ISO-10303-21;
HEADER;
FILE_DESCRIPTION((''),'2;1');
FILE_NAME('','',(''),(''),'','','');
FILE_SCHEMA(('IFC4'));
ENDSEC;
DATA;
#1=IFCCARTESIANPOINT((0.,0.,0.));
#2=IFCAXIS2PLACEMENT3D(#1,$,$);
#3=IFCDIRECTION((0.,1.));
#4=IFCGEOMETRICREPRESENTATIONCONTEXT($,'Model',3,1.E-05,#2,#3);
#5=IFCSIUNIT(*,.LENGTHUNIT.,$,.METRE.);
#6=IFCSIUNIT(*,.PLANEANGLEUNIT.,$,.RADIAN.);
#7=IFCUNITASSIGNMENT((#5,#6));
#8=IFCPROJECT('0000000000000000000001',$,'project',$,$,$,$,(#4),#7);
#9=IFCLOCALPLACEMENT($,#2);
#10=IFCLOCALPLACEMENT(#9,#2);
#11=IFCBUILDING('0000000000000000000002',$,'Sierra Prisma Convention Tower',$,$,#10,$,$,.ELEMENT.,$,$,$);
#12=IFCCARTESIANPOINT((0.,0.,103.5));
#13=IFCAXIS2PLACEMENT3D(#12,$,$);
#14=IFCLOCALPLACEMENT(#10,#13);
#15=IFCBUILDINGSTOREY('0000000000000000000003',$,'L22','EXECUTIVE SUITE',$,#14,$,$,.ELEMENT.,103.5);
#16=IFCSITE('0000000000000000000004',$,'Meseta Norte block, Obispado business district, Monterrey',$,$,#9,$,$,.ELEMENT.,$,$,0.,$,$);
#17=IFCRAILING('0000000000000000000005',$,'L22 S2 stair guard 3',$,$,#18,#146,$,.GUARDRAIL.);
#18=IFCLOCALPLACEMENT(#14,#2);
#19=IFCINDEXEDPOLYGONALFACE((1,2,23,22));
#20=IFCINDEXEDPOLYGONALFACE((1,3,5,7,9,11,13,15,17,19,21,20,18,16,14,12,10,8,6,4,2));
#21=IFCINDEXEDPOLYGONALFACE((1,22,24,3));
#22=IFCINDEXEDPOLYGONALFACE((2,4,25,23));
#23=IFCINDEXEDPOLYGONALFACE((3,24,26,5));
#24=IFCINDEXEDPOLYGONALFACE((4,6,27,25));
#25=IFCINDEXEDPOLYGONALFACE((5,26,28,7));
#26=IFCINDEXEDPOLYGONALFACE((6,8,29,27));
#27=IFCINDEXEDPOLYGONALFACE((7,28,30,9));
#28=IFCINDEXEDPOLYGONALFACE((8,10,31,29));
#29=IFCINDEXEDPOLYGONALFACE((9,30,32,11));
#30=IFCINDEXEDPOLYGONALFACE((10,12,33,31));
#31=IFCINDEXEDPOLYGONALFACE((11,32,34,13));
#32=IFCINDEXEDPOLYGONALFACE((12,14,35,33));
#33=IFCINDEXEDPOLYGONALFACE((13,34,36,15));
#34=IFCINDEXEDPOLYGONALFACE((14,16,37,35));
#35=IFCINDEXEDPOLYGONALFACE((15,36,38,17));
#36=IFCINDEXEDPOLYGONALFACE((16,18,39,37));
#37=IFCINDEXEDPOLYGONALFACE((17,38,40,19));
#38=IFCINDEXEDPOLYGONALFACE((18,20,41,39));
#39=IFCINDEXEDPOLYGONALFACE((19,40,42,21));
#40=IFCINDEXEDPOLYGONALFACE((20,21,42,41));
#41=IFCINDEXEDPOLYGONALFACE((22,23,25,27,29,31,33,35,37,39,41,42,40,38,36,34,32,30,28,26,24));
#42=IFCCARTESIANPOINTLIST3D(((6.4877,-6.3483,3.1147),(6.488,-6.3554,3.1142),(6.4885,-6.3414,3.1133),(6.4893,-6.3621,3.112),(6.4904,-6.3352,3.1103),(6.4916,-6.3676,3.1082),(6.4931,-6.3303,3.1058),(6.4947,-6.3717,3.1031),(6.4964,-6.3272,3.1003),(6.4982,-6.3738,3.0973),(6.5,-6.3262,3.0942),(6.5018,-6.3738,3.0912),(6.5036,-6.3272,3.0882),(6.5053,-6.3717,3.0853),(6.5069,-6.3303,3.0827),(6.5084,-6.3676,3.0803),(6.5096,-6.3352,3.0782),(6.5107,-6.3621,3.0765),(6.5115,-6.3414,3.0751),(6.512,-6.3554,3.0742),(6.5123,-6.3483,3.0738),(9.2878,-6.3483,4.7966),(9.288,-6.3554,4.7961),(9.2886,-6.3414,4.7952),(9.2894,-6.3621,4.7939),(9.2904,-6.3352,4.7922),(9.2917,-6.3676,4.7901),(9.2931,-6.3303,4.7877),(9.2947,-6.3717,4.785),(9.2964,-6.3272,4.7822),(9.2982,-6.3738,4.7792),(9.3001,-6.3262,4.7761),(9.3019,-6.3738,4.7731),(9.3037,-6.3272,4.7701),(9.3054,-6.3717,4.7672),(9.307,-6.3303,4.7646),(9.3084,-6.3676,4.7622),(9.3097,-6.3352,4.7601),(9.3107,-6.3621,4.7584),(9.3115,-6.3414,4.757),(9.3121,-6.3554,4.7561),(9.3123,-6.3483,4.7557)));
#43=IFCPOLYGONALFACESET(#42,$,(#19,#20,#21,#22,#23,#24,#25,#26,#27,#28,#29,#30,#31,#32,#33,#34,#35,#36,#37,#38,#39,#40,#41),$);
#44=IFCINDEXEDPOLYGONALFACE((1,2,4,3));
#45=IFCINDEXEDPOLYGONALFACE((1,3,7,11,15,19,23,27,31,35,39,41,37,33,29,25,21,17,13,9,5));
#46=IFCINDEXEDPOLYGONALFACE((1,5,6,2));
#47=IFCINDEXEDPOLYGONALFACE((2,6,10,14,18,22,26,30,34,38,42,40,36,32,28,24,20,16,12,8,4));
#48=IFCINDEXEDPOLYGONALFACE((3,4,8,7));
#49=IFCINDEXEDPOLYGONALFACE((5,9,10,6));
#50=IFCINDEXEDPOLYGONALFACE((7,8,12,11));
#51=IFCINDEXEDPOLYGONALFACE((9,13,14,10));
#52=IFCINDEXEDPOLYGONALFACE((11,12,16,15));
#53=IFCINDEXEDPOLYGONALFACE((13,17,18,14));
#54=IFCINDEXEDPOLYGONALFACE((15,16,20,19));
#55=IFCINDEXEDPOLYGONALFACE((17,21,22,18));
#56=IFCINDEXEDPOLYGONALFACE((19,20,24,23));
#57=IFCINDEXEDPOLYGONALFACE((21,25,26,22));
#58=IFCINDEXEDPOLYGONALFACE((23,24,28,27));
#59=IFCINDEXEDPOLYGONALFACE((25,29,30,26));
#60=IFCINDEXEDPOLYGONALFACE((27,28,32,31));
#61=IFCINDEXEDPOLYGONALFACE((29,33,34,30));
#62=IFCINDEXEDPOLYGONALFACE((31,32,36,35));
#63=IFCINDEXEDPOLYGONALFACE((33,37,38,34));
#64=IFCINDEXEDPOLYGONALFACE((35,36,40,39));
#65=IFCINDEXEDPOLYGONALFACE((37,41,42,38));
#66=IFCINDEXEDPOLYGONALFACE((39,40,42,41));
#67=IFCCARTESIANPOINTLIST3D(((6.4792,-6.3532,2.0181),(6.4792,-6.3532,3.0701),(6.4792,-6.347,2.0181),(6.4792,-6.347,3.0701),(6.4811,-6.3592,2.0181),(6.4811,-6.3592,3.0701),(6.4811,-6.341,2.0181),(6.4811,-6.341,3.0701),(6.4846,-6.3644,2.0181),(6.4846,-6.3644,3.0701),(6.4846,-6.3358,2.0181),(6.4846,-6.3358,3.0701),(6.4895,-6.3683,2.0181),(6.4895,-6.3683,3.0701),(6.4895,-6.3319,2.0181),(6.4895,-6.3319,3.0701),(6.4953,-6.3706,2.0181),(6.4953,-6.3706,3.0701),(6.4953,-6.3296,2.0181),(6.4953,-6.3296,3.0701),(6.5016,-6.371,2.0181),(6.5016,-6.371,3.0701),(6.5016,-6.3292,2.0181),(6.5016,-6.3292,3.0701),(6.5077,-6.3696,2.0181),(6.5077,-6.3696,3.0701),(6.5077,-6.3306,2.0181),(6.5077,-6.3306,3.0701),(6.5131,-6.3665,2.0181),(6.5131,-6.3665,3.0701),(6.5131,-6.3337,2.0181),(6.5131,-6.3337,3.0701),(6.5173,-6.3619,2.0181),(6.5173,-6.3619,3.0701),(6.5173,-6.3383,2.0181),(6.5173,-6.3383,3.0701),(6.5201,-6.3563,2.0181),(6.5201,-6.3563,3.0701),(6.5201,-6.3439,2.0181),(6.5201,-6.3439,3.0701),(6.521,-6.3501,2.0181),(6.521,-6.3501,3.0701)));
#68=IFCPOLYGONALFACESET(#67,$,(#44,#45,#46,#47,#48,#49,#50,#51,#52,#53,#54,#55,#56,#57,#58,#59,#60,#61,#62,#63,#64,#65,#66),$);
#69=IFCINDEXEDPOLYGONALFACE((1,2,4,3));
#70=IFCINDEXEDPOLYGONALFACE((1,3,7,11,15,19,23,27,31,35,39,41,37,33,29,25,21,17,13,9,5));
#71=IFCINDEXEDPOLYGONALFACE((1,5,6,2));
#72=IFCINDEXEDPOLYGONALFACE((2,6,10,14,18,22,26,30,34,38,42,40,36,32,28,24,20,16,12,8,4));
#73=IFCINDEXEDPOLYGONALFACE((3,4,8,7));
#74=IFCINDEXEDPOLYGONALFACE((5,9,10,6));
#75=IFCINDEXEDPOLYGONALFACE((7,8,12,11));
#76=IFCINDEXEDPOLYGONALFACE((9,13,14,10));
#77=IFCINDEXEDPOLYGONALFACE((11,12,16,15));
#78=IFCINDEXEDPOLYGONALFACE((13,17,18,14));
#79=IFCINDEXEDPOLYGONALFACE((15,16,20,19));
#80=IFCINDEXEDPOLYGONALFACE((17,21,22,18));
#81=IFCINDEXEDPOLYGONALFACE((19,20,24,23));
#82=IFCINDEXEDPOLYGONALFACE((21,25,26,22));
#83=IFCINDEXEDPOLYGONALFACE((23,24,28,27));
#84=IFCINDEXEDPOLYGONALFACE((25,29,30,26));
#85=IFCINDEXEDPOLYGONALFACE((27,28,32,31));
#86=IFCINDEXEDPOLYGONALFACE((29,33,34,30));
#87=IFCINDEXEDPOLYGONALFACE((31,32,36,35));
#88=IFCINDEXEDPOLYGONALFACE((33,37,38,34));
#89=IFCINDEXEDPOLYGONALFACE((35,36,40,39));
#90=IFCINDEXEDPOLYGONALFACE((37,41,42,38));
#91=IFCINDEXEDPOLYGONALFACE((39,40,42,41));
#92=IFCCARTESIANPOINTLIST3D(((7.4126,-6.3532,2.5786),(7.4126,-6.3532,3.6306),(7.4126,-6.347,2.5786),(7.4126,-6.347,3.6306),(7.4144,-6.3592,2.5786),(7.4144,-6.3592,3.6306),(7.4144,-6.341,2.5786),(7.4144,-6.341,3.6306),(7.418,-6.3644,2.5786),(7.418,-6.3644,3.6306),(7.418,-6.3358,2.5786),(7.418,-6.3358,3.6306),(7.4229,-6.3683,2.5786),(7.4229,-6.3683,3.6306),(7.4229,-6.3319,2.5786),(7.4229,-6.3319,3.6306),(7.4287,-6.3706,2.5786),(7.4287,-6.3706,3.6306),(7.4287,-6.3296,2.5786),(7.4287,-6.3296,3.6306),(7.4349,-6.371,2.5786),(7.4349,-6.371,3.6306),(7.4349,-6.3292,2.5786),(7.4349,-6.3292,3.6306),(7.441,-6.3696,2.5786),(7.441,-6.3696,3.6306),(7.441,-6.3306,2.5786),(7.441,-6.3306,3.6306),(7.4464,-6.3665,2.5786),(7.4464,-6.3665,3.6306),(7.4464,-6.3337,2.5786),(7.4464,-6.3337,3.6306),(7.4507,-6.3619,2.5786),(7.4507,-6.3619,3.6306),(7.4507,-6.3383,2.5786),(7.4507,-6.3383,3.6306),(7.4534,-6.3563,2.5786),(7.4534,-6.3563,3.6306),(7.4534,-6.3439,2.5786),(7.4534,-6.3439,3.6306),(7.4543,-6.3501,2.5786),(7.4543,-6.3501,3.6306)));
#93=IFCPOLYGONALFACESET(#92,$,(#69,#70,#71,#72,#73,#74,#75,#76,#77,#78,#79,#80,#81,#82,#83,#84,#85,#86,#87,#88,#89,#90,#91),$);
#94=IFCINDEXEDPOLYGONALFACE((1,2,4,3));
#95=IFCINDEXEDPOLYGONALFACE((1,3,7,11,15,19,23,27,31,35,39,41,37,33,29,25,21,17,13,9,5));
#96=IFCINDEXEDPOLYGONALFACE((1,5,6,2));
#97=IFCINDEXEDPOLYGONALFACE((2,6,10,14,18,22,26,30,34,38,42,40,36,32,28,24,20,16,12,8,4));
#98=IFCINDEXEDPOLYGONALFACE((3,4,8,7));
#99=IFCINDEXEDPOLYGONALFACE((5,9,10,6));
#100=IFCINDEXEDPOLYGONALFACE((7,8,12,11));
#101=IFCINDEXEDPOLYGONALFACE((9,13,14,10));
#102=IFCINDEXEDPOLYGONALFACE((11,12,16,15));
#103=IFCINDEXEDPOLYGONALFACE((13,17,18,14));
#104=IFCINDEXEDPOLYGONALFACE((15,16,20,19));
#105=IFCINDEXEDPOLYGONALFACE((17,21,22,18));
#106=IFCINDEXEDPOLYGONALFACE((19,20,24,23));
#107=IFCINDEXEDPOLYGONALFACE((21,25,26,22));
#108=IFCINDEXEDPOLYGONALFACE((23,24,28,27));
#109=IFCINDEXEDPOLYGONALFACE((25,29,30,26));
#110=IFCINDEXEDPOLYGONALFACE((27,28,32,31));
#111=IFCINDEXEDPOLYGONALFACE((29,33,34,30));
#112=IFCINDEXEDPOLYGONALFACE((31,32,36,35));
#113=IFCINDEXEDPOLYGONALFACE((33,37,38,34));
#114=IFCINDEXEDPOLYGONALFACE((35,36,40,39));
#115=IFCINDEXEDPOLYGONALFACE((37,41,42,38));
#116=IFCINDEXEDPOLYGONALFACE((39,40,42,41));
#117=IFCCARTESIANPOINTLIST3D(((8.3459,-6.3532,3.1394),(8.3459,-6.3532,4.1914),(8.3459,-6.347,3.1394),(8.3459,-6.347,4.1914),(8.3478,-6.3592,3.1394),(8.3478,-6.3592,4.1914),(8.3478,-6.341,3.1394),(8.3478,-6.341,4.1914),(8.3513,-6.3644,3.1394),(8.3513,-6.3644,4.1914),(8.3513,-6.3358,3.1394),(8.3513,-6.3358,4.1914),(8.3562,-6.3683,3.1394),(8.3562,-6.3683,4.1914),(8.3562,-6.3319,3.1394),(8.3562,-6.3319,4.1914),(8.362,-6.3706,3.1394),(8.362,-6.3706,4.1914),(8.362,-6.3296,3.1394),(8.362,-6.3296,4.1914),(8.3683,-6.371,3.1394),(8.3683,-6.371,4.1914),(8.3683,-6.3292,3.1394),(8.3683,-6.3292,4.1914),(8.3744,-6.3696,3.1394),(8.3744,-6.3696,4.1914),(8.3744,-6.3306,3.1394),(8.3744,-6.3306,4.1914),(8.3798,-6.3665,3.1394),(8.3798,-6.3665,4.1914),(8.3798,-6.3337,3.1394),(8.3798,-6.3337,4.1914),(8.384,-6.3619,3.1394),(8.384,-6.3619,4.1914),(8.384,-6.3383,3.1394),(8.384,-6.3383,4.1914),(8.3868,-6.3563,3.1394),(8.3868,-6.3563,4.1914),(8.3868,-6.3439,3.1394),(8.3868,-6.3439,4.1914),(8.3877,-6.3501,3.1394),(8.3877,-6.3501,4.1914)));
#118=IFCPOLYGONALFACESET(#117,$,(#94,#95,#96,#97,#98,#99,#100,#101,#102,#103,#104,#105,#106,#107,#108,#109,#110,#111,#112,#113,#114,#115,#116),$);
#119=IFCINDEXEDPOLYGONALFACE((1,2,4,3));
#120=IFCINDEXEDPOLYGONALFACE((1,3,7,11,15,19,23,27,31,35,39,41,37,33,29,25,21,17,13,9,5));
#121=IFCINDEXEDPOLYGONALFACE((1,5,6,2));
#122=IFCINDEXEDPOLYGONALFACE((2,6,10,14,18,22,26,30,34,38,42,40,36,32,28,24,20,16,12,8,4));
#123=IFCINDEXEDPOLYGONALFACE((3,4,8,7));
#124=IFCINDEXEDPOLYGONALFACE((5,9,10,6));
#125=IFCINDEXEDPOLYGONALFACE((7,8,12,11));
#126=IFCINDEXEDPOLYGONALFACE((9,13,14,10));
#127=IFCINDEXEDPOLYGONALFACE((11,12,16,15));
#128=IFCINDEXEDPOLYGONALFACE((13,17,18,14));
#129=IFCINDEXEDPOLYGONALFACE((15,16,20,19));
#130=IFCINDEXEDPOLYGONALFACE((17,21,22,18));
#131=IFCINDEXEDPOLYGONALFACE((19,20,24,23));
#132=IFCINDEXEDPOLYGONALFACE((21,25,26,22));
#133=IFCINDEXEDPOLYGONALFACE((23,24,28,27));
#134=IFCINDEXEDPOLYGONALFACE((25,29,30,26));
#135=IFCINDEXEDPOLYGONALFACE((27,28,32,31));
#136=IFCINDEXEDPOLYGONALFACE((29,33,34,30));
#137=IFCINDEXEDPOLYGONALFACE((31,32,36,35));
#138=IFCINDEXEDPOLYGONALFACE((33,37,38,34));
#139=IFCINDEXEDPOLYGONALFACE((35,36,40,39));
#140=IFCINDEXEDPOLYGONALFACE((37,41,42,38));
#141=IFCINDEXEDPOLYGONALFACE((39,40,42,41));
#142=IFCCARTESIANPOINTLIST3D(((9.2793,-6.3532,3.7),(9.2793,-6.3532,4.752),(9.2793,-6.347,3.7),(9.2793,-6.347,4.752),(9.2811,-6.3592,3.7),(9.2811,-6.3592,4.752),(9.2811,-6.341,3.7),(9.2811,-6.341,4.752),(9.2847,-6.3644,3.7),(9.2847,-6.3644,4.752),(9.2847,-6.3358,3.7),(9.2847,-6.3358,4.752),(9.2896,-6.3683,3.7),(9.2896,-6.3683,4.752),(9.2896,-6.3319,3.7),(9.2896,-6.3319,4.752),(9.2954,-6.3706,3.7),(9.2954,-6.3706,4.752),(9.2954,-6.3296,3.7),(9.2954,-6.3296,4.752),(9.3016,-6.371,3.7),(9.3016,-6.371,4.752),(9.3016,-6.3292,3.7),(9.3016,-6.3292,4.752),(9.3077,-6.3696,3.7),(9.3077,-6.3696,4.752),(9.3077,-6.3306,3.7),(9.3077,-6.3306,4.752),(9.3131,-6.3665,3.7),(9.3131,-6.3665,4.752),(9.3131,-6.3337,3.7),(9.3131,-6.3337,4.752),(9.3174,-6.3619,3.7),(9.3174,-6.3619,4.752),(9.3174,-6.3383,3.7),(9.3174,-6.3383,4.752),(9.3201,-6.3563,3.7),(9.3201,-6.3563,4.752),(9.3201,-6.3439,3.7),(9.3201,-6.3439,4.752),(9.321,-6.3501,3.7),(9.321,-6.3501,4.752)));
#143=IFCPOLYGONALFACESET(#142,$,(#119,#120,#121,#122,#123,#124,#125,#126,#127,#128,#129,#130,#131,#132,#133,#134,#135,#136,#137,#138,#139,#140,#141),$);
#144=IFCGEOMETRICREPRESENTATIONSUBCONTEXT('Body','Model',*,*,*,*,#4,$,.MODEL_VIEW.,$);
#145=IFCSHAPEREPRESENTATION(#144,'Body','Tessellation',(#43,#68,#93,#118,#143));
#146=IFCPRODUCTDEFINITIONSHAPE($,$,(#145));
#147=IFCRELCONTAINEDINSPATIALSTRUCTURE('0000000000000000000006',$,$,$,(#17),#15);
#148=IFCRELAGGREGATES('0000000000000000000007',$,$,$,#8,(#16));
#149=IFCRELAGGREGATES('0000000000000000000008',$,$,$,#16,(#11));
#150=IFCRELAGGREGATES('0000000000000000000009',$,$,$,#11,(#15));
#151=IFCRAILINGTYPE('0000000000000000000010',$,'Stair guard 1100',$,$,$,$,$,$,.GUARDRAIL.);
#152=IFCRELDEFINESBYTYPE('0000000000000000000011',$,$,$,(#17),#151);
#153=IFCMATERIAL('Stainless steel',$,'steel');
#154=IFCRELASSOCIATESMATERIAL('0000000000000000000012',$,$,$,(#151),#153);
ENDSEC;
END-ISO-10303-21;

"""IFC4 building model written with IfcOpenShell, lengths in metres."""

from ifc_helpers import new_model, si_unit, direction, frame, origin, origin_2d, place, context, subcontext, project, spatial, circle, extrude, material, type_object, element, save


model = new_model("IFC4")

# Units and contexts
model_context = context("Model", 3, precision=1e-05, world=origin(), true_north=direction((0.0, 1.0)))
body_context = subcontext(model_context, "Body", "Model", "MODEL_VIEW")
ifc_project = project(units=[si_unit("LENGTHUNIT", "METRE"), si_unit("PLANEANGLEUNIT", "RADIAN")], contexts=[model_context])

# Site, building, storey
site_placement = place(None, origin())
site = spatial("IfcSite", under=ifc_project, at=site_placement, Name="Meseta Norte block, Obispado business district, Monterrey", CompositionType="ELEMENT", RefElevation=0.0)
building_placement = place(site_placement, origin())
building = spatial("IfcBuilding", under=site, at=building_placement, Name="Sierra Prisma Convention Tower", CompositionType="ELEMENT")
storey_placement = place(building_placement, frame((0.0, 0.0, 103.5)))
storey = spatial("IfcBuildingStorey", under=building, at=storey_placement, Name="L22", Description="EXECUTIVE SUITE", CompositionType="ELEMENT", Elevation=103.5)

# Railing
ifc_material_1 = material(Name="Stainless steel", Category="steel")
railing_type_1 = type_object("IfcRailingType", Name="Stair guard 1100", PredefinedType="GUARDRAIL", material=ifc_material_1)
railing_1_placement = place(storey_placement, frame((6.5, -6.3501, 2.0181)))
element("IfcRailing", 1, at=railing_1_placement, inside=storey, type_object=railing_type_1, Name="L22 S2 stair guard 3", PredefinedType="GUARDRAIL", context=body_context, shape_type="SweptSolid", body=[
    extrude(circle(Radius=0.0239, at=origin_2d()), frame((0.0, 0.0, 1.0762), z_axis=(0.857242, 0.0, 0.514913), x_axis=(0.0, 1.0, 0.0)), (0.0, 0.0, 1.0), 3.2664),
    extrude(circle(Radius=0.021, at=origin_2d()), origin(), (0.0, 0.0, 1.0), 1.052),
    extrude(circle(Radius=0.021, at=origin_2d()), frame((0.9333, 0.0, 0.5605)), (0.0, 0.0, 1.0), 1.052),
    extrude(circle(Radius=0.021, at=origin_2d()), frame((1.8667, 0.0, 1.1213)), (0.0, 0.0, 1.0), 1.052),
    extrude(circle(Radius=0.021, at=origin_2d()), frame((2.8, 0.0, 1.6819)), (0.0, 0.0, 1.0), 1.052),
])

save(model, "model.ifc")
